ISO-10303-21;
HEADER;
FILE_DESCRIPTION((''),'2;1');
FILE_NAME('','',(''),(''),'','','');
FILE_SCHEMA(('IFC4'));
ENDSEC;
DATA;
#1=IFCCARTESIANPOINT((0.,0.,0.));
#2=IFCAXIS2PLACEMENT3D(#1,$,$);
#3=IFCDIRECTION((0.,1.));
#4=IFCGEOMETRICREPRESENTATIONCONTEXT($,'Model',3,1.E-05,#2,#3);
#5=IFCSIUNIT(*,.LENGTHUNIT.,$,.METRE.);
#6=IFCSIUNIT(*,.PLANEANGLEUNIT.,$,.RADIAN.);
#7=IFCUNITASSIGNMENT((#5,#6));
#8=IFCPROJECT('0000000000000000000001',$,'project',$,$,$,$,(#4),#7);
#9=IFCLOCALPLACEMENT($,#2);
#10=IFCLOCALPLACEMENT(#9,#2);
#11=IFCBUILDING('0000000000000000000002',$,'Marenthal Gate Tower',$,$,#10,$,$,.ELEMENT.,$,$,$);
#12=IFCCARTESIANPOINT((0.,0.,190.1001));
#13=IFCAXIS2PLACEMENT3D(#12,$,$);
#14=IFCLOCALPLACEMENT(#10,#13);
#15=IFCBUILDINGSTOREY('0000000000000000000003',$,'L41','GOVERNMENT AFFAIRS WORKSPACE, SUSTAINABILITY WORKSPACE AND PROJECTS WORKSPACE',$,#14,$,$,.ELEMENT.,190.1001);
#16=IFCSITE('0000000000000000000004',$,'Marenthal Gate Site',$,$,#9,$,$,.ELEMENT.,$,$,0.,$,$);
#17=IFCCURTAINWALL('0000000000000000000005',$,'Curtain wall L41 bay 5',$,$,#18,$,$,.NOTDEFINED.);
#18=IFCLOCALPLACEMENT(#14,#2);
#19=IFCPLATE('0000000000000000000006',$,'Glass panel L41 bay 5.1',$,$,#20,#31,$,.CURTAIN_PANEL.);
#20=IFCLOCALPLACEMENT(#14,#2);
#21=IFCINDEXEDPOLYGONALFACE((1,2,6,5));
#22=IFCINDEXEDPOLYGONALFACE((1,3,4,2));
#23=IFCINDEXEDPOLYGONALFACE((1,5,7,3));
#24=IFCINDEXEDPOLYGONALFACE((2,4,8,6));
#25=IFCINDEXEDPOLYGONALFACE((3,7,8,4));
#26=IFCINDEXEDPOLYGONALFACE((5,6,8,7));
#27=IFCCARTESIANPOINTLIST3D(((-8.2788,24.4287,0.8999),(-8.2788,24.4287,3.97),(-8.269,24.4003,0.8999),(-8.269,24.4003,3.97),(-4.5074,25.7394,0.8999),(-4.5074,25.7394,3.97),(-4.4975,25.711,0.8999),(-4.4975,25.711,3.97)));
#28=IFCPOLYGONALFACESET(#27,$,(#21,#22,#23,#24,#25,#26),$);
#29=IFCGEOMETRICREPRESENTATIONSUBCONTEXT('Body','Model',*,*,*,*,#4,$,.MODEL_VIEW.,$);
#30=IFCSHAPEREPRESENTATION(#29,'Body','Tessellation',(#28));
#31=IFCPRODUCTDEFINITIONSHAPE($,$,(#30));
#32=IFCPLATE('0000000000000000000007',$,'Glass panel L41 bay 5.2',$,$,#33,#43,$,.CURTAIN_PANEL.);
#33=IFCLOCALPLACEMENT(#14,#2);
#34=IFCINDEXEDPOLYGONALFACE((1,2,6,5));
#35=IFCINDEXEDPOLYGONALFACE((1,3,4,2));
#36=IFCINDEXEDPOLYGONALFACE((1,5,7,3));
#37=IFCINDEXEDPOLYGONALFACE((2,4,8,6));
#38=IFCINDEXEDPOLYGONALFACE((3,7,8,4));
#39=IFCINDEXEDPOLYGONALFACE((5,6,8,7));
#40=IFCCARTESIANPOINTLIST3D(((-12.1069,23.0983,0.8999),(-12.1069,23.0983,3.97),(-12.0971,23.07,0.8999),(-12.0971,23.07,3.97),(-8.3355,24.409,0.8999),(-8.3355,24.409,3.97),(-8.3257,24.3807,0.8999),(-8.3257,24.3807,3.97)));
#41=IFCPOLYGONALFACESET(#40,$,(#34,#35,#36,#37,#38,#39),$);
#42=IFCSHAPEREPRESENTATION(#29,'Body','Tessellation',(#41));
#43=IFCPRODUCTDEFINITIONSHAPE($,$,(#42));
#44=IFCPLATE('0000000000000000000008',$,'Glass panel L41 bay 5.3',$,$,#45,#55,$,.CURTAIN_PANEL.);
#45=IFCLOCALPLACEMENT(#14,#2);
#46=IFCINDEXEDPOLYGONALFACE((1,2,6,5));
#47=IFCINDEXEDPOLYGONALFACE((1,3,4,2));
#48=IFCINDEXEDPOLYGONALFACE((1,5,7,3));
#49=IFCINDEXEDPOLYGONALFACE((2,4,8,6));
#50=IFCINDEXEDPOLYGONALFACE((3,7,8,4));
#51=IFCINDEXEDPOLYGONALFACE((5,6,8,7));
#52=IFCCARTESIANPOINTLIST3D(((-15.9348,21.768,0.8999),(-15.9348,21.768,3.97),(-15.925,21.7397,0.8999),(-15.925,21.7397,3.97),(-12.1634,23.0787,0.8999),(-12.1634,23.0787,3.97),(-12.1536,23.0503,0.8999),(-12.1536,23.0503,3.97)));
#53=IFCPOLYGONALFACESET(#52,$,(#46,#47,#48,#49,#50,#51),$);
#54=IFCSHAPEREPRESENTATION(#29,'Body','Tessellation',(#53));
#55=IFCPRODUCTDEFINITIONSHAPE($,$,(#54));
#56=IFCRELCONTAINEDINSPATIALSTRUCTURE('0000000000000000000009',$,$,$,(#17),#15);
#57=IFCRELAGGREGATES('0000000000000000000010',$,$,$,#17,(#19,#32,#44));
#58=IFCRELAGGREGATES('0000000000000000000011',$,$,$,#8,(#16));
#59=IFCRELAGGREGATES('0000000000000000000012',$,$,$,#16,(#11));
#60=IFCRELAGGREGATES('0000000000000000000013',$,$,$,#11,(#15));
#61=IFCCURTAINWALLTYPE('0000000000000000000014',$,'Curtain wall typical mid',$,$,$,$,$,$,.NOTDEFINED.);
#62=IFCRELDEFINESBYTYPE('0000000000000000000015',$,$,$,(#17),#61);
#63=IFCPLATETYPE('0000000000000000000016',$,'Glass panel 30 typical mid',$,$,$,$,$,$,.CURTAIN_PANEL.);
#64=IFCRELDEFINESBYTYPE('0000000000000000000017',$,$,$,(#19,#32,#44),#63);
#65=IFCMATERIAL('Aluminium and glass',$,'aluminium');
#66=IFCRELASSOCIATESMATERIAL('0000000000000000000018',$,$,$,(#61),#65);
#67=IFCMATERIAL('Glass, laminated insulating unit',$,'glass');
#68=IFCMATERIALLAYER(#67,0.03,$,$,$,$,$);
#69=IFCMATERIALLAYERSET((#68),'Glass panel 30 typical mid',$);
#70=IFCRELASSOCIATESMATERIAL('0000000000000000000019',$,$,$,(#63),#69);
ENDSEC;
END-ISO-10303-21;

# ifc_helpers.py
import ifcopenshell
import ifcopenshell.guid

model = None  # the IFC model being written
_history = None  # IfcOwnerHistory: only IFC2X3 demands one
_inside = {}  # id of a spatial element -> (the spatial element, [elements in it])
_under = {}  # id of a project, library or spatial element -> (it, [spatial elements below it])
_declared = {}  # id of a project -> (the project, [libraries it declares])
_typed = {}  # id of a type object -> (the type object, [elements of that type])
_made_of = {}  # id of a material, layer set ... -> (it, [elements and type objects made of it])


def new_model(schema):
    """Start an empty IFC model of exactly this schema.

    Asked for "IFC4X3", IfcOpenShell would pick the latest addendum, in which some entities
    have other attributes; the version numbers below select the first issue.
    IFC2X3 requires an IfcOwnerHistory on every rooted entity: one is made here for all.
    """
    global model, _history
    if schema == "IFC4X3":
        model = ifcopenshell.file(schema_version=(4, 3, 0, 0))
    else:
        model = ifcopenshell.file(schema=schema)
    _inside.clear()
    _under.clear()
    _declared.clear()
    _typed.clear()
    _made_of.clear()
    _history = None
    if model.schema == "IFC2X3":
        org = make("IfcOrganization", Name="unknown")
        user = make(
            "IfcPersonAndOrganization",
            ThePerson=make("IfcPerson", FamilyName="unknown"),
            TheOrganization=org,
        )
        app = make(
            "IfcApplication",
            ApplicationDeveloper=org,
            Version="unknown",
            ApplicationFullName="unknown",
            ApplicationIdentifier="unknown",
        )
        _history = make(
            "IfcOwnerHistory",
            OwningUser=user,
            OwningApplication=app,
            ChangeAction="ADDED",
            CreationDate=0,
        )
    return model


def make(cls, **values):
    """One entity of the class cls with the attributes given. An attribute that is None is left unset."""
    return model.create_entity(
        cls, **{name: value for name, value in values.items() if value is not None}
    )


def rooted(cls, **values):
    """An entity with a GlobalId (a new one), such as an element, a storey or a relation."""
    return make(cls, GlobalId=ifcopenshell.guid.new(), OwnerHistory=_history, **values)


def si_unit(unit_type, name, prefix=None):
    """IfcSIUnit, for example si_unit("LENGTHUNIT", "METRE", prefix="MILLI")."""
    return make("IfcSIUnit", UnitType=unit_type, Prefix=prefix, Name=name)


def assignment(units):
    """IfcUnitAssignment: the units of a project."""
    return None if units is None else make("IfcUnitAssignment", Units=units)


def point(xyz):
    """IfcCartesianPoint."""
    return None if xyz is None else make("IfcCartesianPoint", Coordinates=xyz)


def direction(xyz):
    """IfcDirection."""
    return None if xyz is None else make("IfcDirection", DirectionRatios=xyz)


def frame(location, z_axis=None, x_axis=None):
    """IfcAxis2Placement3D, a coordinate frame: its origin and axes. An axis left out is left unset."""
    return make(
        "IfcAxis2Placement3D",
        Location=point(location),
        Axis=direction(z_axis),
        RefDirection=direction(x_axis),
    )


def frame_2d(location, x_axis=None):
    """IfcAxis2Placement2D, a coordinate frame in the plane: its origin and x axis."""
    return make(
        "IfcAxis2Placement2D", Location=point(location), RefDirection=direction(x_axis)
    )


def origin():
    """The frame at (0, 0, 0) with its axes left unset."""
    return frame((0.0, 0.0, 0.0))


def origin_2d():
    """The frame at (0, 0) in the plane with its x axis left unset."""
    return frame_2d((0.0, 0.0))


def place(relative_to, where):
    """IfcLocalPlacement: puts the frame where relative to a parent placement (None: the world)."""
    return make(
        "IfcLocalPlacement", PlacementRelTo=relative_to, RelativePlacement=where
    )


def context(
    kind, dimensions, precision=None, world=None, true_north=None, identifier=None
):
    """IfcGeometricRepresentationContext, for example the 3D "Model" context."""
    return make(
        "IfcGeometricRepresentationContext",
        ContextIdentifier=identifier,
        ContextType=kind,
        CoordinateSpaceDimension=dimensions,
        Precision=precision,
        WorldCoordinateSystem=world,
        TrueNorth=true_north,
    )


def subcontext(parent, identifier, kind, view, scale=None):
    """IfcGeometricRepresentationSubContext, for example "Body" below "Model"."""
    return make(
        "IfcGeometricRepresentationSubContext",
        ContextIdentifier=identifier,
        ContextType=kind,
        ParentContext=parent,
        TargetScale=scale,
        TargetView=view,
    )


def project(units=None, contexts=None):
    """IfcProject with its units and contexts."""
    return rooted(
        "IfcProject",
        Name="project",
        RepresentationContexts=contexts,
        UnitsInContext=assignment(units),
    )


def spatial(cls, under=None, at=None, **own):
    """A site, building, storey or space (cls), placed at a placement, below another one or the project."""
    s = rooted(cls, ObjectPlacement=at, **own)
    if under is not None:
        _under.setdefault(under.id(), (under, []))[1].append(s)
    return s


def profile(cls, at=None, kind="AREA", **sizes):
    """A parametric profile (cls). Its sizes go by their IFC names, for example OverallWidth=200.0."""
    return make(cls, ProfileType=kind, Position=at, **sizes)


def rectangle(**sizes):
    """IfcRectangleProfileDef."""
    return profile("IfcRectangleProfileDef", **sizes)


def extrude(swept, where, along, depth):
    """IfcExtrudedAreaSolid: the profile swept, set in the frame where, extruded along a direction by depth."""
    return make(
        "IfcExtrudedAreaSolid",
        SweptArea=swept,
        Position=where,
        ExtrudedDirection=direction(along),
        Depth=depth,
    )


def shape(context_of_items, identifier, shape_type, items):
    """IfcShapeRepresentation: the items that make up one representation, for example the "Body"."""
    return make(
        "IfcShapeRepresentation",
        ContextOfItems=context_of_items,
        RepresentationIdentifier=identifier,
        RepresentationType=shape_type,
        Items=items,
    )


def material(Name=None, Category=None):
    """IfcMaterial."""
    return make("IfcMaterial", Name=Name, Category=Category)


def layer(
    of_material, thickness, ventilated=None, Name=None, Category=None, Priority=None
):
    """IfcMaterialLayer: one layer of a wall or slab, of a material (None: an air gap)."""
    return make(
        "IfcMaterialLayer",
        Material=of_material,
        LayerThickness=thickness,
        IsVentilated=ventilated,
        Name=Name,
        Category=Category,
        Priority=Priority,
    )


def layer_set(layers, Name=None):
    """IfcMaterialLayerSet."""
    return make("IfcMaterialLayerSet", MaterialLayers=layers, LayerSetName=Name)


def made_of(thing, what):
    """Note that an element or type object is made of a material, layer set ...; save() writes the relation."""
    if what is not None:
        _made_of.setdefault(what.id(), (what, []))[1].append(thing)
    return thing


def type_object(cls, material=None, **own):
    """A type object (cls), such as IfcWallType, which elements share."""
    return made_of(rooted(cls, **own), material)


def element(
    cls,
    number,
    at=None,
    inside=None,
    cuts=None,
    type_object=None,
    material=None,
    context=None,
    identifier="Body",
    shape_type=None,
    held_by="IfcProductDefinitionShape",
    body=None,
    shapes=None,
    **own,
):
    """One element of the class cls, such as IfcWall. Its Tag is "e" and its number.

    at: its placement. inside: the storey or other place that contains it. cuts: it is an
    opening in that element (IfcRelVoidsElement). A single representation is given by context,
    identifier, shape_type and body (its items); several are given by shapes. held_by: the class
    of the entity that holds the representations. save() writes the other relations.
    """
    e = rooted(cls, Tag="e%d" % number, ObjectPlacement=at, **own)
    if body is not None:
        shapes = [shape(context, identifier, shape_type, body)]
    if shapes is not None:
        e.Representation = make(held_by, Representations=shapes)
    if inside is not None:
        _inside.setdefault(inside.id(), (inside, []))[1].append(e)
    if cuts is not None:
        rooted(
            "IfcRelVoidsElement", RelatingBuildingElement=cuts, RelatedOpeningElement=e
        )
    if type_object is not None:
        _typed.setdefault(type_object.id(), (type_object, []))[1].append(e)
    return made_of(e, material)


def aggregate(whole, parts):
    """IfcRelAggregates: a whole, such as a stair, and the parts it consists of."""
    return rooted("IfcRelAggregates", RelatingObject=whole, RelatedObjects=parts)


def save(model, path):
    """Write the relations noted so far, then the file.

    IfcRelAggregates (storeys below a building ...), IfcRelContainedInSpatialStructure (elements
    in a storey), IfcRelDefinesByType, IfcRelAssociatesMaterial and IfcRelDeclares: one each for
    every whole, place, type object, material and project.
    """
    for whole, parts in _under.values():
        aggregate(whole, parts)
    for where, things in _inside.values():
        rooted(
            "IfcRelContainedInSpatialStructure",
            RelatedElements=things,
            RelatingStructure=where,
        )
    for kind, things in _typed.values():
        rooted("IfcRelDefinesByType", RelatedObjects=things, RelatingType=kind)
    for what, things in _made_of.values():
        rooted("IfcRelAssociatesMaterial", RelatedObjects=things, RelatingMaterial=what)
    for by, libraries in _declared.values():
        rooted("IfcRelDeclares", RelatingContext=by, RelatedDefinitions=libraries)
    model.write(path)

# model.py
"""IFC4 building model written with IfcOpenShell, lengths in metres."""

from ifc_helpers import new_model, si_unit, direction, frame, origin, origin_2d, place, context, subcontext, project, spatial, rectangle, extrude, material, layer, layer_set, type_object, element, aggregate, save


model = new_model("IFC4")

# Units and contexts
model_context = context("Model", 3, precision=1e-05, world=origin(), true_north=direction((0.0, 1.0)))
body_context = subcontext(model_context, "Body", "Model", "MODEL_VIEW")
ifc_project = project(units=[si_unit("LENGTHUNIT", "METRE"), si_unit("PLANEANGLEUNIT", "RADIAN")], contexts=[model_context])

# Site, building, storey
site_placement = place(None, origin())
site = spatial("IfcSite", under=ifc_project, at=site_placement, Name="Marenthal Gate Site", CompositionType="ELEMENT", RefElevation=0.0)
building_placement = place(site_placement, origin())
building = spatial("IfcBuilding", under=site, at=building_placement, Name="Marenthal Gate Tower", CompositionType="ELEMENT")
storey_placement = place(building_placement, frame((0.0, 0.0, 190.1001)))
storey = spatial("IfcBuildingStorey", under=building, at=storey_placement, Name="L41", Description="GOVERNMENT AFFAIRS WORKSPACE, SUSTAINABILITY WORKSPACE AND PROJECTS WORKSPACE", CompositionType="ELEMENT", Elevation=190.1001)

# Curtain wall
ifc_material_1 = material(Name="Aluminium and glass", Category="aluminium")
curtain_wall_type = type_object("IfcCurtainWallType", Name="Curtain wall typical mid", PredefinedType="NOTDEFINED", material=ifc_material_1)
curtain_wall_placement = place(storey_placement, origin())
curtain_wall = element("IfcCurtainWall", 1, at=curtain_wall_placement, inside=storey, type_object=curtain_wall_type, Name="Curtain wall L41 bay 5", PredefinedType="NOTDEFINED")

# Plates
ifc_material_2 = material(Name="Glass, laminated insulating unit", Category="glass")
ifc_layer = layer(ifc_material_2, 0.03)
ifc_layer_set = layer_set([ifc_layer], Name="Glass panel 30 typical mid")
plate_type = type_object("IfcPlateType", Name="Glass panel 30 typical mid", PredefinedType="CURTAIN_PANEL", material=ifc_layer_set)
plate_1_placement = place(storey_placement, frame((-6.3882, 25.0698, 0.8999), z_axis=(0.0, 0.0, 1.0), x_axis=(-0.944583, -0.328273, 0.0)))
plate_1 = element("IfcPlate", 2, at=plate_1_placement, type_object=plate_type, Name="Glass panel L41 bay 5.1", PredefinedType="CURTAIN_PANEL", context=body_context, shape_type="SweptSolid", body=[
    extrude(rectangle(XDim=3.9927, YDim=0.03, at=origin_2d()), origin(), (0.0, 0.0, 1.0), 3.0701),
])
plate_2_placement = place(storey_placement, frame((-10.2163, 23.7395, 0.8999), z_axis=(0.0, 0.0, 1.0), x_axis=(-0.944583, -0.328273, 0.0)))
plate_2 = element("IfcPlate", 3, at=plate_2_placement, type_object=plate_type, Name="Glass panel L41 bay 5.2", PredefinedType="CURTAIN_PANEL", context=body_context, shape_type="SweptSolid", body=[
    extrude(rectangle(XDim=3.9927, YDim=0.03, at=origin_2d()), origin(), (0.0, 0.0, 1.0), 3.0701),
])
plate_3_placement = place(storey_placement, frame((-14.0442, 22.4092, 0.8999), z_axis=(0.0, 0.0, 1.0), x_axis=(-0.944583, -0.328273, 0.0)))
plate_3 = element("IfcPlate", 4, at=plate_3_placement, type_object=plate_type, Name="Glass panel L41 bay 5.3", PredefinedType="CURTAIN_PANEL", context=body_context, shape_type="SweptSolid", body=[
    extrude(rectangle(XDim=3.9927, YDim=0.03, at=origin_2d()), origin(), (0.0, 0.0, 1.0), 3.0701),
])
aggregate(curtain_wall, [plate_1, plate_2, plate_3])

save(model, "model.ifc")
